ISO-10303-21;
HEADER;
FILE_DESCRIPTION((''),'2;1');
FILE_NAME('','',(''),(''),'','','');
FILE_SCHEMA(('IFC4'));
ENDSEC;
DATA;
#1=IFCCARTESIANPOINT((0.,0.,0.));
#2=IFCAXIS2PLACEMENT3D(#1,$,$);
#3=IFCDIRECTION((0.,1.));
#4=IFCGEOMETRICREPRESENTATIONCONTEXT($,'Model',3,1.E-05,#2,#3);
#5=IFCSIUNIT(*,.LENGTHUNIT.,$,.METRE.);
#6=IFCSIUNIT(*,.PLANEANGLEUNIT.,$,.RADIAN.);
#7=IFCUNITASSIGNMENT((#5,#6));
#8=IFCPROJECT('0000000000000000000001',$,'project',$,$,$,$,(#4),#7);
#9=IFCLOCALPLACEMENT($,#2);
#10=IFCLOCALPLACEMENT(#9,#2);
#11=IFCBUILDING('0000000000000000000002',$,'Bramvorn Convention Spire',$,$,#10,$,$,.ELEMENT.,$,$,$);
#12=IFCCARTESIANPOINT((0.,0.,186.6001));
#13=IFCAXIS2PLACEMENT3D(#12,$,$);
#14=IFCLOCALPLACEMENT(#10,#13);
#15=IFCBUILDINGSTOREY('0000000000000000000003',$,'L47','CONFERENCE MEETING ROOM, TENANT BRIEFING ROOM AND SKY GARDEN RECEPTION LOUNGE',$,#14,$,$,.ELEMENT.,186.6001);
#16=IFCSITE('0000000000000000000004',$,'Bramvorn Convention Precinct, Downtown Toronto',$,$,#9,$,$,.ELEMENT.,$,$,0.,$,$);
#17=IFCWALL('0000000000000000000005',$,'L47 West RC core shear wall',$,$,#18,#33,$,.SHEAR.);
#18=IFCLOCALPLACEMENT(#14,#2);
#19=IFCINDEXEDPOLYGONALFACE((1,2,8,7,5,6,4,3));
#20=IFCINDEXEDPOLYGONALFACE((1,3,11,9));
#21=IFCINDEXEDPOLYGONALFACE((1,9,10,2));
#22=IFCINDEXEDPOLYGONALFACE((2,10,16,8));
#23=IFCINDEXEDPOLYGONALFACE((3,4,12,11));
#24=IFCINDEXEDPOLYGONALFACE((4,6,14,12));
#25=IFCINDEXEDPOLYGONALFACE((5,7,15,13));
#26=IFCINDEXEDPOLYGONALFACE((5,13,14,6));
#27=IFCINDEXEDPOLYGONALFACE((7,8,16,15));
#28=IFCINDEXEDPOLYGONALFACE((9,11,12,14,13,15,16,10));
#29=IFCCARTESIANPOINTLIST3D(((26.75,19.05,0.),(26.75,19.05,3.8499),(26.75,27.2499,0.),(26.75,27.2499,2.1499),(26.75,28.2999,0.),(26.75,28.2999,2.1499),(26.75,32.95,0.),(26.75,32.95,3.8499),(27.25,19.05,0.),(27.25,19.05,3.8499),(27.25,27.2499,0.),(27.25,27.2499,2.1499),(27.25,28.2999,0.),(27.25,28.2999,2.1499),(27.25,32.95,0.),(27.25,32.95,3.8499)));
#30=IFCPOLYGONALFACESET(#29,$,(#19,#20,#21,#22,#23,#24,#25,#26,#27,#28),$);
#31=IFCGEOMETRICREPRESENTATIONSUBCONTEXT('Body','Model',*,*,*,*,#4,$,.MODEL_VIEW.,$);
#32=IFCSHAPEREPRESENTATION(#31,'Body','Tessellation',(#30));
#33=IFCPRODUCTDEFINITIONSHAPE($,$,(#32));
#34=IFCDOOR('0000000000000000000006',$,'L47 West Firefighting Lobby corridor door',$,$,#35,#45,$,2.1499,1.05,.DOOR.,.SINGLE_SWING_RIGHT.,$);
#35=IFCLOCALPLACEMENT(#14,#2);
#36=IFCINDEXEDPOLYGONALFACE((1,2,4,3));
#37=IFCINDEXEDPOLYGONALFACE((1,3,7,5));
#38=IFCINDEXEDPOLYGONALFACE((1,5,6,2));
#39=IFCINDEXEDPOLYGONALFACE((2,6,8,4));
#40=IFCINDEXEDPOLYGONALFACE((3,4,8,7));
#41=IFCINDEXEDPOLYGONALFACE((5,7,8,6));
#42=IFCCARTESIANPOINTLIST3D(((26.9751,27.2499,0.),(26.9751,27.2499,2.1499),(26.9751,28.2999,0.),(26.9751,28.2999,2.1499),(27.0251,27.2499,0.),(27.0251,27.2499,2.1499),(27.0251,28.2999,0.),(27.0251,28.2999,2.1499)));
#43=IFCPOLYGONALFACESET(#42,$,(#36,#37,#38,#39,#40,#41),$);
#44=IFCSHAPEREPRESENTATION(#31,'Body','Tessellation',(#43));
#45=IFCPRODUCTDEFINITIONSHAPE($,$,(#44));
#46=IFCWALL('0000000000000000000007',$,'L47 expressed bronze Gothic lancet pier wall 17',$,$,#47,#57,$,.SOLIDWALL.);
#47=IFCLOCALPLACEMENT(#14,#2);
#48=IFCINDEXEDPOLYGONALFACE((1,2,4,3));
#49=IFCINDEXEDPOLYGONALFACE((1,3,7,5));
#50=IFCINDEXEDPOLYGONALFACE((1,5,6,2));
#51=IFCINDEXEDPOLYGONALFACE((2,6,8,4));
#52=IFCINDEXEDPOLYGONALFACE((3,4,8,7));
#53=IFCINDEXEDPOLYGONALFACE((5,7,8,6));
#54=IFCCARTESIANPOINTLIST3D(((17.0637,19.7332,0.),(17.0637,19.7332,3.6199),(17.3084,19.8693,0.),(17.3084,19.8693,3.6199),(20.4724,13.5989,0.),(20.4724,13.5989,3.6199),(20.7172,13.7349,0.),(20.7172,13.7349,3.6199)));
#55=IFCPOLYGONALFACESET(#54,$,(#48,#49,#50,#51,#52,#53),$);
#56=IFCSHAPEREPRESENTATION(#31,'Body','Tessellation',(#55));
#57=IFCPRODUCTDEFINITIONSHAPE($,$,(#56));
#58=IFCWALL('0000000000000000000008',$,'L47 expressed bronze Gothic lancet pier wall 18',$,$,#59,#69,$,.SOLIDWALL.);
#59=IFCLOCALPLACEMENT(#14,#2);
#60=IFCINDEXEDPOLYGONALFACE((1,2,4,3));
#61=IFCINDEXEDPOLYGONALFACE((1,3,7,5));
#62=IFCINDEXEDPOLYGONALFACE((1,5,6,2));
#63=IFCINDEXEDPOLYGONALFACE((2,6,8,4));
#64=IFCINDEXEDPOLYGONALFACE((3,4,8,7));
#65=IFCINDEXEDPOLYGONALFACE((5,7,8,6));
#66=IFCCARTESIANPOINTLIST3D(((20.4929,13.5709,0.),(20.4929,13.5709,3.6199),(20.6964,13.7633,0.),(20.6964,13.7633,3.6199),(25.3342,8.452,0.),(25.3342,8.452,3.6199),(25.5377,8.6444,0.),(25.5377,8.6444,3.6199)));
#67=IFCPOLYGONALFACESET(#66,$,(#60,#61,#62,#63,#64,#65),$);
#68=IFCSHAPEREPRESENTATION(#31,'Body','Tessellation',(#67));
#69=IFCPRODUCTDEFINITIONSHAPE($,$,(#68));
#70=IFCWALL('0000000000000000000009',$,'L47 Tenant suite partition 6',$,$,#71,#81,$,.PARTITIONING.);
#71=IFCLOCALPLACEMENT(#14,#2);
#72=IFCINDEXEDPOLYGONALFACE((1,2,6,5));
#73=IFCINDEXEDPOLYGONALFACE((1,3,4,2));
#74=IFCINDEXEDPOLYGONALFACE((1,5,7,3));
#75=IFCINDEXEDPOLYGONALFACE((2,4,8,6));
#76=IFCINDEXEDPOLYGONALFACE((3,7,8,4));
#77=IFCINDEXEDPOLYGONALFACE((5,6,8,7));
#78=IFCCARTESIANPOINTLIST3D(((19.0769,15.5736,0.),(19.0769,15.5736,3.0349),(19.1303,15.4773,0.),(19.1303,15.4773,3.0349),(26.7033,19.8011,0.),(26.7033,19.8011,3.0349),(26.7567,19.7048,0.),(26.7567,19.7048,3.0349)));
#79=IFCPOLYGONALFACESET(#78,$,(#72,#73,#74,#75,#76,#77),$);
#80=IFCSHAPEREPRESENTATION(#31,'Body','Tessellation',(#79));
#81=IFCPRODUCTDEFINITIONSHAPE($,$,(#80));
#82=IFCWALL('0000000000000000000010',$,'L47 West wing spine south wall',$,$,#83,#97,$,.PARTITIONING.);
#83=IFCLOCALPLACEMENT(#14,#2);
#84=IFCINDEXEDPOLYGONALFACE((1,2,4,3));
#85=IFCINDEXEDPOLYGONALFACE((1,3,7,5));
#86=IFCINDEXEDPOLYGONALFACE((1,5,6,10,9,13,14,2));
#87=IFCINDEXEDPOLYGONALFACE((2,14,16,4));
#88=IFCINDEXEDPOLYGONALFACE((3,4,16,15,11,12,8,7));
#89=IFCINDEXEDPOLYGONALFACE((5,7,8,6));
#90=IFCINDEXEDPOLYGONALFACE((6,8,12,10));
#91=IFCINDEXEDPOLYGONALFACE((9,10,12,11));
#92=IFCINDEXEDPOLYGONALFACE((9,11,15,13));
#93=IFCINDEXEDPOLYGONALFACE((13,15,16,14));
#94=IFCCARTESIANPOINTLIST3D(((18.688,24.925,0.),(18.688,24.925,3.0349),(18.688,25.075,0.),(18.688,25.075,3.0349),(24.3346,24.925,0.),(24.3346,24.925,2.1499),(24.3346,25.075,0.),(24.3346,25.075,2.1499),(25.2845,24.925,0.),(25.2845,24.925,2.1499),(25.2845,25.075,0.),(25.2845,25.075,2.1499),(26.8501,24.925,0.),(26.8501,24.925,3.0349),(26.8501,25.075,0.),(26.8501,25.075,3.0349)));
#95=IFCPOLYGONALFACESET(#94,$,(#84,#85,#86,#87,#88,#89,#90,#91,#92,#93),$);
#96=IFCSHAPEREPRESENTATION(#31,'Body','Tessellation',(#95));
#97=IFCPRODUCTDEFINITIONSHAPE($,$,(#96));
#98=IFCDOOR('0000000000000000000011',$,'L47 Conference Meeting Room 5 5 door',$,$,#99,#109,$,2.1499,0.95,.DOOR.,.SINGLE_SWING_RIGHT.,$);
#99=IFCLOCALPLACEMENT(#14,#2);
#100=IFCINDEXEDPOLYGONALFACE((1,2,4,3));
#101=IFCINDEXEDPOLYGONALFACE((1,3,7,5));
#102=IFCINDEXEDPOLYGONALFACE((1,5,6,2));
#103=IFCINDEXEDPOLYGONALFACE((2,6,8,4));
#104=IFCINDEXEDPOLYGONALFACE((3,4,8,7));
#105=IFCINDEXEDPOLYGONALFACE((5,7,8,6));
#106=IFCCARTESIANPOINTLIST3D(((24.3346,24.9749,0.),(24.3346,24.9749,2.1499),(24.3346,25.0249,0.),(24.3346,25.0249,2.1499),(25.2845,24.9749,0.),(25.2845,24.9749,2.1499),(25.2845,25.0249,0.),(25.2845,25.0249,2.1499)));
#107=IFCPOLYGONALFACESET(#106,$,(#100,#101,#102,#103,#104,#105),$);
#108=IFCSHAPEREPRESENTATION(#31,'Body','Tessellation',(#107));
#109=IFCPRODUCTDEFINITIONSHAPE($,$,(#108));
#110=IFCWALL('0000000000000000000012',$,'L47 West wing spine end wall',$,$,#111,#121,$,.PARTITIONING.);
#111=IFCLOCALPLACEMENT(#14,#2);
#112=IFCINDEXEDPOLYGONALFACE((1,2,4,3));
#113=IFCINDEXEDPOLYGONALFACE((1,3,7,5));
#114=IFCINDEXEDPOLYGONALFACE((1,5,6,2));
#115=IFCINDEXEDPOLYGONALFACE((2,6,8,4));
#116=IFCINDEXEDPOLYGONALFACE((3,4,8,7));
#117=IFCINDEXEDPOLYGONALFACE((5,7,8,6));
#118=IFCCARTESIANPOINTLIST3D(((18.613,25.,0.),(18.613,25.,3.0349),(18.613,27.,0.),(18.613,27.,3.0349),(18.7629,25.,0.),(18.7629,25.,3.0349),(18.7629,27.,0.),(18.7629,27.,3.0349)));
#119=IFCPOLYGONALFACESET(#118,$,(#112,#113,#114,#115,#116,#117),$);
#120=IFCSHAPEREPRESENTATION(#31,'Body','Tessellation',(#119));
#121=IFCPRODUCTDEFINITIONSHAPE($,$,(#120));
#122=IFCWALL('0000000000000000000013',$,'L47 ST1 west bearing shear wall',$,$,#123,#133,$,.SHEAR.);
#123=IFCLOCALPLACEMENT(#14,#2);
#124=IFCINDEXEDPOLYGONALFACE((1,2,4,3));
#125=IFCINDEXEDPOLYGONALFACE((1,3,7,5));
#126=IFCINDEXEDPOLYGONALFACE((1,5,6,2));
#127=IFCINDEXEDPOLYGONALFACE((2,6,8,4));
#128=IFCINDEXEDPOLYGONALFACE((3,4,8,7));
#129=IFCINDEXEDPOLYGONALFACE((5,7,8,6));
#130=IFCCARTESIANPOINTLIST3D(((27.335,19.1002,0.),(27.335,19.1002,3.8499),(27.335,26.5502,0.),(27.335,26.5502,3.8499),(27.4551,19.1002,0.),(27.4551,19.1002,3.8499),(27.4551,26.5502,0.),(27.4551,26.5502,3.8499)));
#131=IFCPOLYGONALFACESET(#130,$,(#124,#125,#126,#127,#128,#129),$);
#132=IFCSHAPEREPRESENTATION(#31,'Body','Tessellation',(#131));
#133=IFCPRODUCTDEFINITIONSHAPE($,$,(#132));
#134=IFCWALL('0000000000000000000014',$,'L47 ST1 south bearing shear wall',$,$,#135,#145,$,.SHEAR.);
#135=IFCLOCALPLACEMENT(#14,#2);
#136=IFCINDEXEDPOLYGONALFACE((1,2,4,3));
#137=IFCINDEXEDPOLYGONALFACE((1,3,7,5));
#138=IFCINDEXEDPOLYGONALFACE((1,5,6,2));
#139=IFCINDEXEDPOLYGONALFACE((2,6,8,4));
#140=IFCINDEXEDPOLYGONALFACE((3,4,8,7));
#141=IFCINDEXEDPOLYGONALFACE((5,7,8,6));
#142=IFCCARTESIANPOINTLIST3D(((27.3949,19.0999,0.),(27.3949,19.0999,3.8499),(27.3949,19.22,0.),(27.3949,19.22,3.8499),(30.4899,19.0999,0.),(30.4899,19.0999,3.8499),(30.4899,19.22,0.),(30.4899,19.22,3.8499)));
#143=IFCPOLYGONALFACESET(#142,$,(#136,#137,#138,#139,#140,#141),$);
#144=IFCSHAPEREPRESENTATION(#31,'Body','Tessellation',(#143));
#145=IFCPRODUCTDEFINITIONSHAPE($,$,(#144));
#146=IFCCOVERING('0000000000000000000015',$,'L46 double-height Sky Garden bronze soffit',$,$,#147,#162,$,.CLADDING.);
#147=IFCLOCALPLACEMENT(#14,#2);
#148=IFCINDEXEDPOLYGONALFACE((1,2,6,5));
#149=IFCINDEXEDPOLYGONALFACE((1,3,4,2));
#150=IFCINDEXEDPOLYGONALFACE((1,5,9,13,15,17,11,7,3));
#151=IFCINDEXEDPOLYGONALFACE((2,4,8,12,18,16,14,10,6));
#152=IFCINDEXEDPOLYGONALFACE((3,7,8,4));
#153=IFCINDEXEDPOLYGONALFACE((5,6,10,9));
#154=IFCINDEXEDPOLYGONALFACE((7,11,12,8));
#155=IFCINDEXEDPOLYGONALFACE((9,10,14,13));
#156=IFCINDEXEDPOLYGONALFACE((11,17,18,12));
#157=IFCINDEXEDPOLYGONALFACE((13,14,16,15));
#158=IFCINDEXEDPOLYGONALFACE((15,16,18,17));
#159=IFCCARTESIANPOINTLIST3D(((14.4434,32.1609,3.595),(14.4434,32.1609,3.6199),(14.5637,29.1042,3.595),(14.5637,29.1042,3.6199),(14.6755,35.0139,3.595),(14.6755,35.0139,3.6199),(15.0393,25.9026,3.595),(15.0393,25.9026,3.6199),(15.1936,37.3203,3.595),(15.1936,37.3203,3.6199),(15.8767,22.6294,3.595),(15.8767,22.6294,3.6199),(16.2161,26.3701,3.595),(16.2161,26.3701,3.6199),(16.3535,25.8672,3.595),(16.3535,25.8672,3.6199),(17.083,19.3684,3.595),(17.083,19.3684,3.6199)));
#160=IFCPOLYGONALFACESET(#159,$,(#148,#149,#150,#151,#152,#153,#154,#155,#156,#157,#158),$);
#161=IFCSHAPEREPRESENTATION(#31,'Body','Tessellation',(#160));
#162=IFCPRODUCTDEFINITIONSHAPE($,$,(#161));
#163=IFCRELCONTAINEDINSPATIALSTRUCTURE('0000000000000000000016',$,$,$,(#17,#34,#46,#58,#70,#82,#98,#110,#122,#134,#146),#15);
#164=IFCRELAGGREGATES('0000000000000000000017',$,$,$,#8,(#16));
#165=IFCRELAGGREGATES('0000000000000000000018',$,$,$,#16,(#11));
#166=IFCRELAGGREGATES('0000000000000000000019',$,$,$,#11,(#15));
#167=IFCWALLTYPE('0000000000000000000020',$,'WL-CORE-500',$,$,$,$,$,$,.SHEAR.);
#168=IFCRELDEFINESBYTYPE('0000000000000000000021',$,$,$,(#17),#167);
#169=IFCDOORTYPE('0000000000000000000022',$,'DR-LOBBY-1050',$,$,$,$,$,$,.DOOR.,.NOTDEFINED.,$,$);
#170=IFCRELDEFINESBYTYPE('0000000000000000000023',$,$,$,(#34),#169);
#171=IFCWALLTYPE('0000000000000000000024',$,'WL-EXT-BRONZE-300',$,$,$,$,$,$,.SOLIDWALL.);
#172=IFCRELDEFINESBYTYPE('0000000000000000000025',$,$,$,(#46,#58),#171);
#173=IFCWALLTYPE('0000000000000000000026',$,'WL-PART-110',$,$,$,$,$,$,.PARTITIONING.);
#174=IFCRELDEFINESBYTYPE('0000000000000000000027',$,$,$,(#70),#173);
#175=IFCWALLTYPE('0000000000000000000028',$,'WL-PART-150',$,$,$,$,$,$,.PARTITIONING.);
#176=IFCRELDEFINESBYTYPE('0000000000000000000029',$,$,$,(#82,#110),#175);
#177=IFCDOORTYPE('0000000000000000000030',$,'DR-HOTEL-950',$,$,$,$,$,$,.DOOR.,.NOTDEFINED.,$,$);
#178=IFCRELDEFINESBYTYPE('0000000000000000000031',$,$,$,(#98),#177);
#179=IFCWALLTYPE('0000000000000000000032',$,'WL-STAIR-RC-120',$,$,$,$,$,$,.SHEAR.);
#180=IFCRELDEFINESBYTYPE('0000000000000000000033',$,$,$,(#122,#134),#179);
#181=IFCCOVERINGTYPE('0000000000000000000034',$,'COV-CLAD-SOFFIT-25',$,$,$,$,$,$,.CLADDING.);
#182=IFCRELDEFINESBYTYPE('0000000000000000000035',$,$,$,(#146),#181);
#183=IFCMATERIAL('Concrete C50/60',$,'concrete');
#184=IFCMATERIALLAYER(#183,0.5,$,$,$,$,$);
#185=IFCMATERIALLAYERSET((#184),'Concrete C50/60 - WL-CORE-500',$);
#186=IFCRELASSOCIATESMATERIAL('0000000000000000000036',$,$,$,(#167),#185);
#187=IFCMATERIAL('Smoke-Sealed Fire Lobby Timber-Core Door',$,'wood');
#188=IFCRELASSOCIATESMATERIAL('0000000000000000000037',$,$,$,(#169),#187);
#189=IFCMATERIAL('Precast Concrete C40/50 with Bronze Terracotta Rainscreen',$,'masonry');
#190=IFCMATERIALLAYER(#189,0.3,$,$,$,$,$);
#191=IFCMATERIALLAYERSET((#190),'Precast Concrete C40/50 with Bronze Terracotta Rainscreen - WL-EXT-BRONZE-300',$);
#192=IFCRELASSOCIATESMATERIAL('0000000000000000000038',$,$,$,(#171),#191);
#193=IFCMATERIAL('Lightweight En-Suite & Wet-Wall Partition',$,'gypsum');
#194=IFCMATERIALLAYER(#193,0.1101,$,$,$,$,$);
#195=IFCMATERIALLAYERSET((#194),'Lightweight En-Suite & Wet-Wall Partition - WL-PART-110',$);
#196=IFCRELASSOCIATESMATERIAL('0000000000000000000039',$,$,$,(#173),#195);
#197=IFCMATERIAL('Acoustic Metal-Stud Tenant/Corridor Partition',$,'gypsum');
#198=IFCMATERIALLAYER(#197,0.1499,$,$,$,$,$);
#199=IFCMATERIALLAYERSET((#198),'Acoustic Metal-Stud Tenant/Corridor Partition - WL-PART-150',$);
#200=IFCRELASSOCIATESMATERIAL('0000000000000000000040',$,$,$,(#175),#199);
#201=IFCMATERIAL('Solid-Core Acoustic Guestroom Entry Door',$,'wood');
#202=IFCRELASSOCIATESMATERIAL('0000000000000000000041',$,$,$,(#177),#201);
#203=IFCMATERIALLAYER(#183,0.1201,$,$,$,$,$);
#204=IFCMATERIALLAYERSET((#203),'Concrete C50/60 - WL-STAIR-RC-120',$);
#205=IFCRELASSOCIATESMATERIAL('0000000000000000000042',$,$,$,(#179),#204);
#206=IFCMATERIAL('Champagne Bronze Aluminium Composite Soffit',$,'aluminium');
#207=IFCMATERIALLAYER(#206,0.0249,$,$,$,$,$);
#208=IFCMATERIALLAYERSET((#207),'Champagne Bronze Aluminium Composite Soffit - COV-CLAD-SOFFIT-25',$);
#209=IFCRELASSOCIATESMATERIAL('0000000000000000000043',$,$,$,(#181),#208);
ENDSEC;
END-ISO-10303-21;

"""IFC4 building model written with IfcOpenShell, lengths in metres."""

from ifc_helpers import new_model, si_unit, direction, frame, frame_2d, origin, place, context, subcontext, project, spatial, polyline, rectangle, outline, extrude, material, layer, layer_set, type_object, element, fill, save


model = new_model("IFC4")

# Units and contexts
model_context = context("Model", 3, precision=1e-05, world=origin(), true_north=direction((0.0, 1.0)))
body_context = subcontext(model_context, "Body", "Model", "MODEL_VIEW")
ifc_project = project(units=[si_unit("LENGTHUNIT", "METRE"), si_unit("PLANEANGLEUNIT", "RADIAN")], contexts=[model_context])

# Site, building, storey
site_placement = place(None, origin())
site = spatial("IfcSite", under=ifc_project, at=site_placement, Name="Bramvorn Convention Precinct, Downtown Toronto", CompositionType="ELEMENT", RefElevation=0.0)
building_placement = place(site_placement, origin())
building = spatial("IfcBuilding", under=site, at=building_placement, Name="Bramvorn Convention Spire", CompositionType="ELEMENT")
storey_placement = place(building_placement, frame((0.0, 0.0, 186.6001)))
storey = spatial("IfcBuildingStorey", under=building, at=storey_placement, Name="L47", Description="CONFERENCE MEETING ROOM, TENANT BRIEFING ROOM AND SKY GARDEN RECEPTION LOUNGE", CompositionType="ELEMENT", Elevation=186.6001)

# Wall, opening, door
ifc_material_1 = material(Name="Concrete C50/60", Category="concrete")
ifc_layer_1 = layer(ifc_material_1, 0.5)
ifc_layer_set_1 = layer_set([ifc_layer_1], Name="Concrete C50/60 - WL-CORE-500")
wall_type_1 = type_object("IfcWallType", Name="WL-CORE-500", PredefinedType="SHEAR", material=ifc_layer_set_1)
ifc_material_2 = material(Name="Smoke-Sealed Fire Lobby Timber-Core Door", Category="wood")
door_type_1 = type_object("IfcDoorType", Name="DR-LOBBY-1050", OperationType="NOTDEFINED", PredefinedType="DOOR", material=ifc_material_2)
wall_1_placement = place(storey_placement, frame((27.0, 19.05, 0.0), z_axis=(0.0, 0.0, 1.0), x_axis=(0.0, 1.0, 0.0)))
wall_1 = element("IfcWall", 1, at=wall_1_placement, inside=storey, type_object=wall_type_1, Name="L47 West RC core shear wall", PredefinedType="SHEAR", context=body_context, shape_type="SweptSolid", body=[
    extrude(rectangle(XDim=13.8999, YDim=0.5, at=frame_2d((6.95, 0.0))), origin(), (0.0, 0.0, 1.0), 3.8499),
])
opening_1_placement = place(wall_1_placement, frame((8.2, 0.0, 0.0)))
opening_1 = element("IfcOpeningElement", 2, at=opening_1_placement, cuts=wall_1, PredefinedType="OPENING", context=body_context, shape_type="SweptSolid", body=[
    extrude(rectangle(XDim=1.05, YDim=2.1499, at=frame_2d((0.5249, 1.075))), frame((0.0, 0.26, 0.0), z_axis=(0.0, -1.0, 0.0), x_axis=(1.0, 0.0, 0.0)), (0.0, 0.0, 1.0), 0.52),
])
door_1_placement = place(opening_1_placement, origin())
door_1 = element("IfcDoor", 3, at=door_1_placement, inside=storey, type_object=door_type_1, Name="L47 West Firefighting Lobby corridor door", OperationType="SINGLE_SWING_RIGHT", OverallHeight=2.1499, OverallWidth=1.05, PredefinedType="DOOR", context=body_context, shape_type="SweptSolid", body=[
    extrude(rectangle(XDim=1.05, YDim=2.1499, at=frame_2d((0.5249, 1.075))), frame((0.0, 0.0249, 0.0), z_axis=(0.0, -1.0, 0.0), x_axis=(1.0, 0.0, 0.0)), (0.0, 0.0, 1.0), 0.05),
])
fill(opening_1, door_1)

# Walls
ifc_material_3 = material(Name="Precast Concrete C40/50 with Bronze Terracotta Rainscreen", Category="masonry")
ifc_layer_2 = layer(ifc_material_3, 0.3)
ifc_layer_set_2 = layer_set([ifc_layer_2], Name="Precast Concrete C40/50 with Bronze Terracotta Rainscreen - WL-EXT-BRONZE-300")
wall_type_2 = type_object("IfcWallType", Name="WL-EXT-BRONZE-300", PredefinedType="SOLIDWALL", material=ifc_layer_set_2)
wall_2_placement = place(storey_placement, frame((20.5947, 13.667, 0.0), z_axis=(0.0, 0.0, 1.0), x_axis=(-0.485726, 0.874111, 0.0)))
element("IfcWall", 4, at=wall_2_placement, inside=storey, type_object=wall_type_2, Name="L47 expressed bronze Gothic lancet pier wall 17", PredefinedType="SOLIDWALL", context=body_context, shape_type="SweptSolid", body=[
    extrude(rectangle(XDim=7.0178, YDim=0.28, at=frame_2d((3.5088, 0.0))), origin(), (0.0, 0.0, 1.0), 3.6199),
])
wall_3_placement = place(storey_placement, frame((25.436, 8.5481, 0.0), z_axis=(0.0, 0.0, 1.0), x_axis=(-0.687133, 0.726532, 0.0)))
element("IfcWall", 5, at=wall_3_placement, inside=storey, type_object=wall_type_2, Name="L47 expressed bronze Gothic lancet pier wall 18", PredefinedType="SOLIDWALL", context=body_context, shape_type="SweptSolid", body=[
    extrude(rectangle(XDim=7.0457, YDim=0.28, at=frame_2d((3.5229, 0.0))), origin(), (0.0, 0.0, 1.0), 3.6199),
])
ifc_material_4 = material(Name="Lightweight En-Suite & Wet-Wall Partition", Category="gypsum")
ifc_layer_3 = layer(ifc_material_4, 0.1101)
ifc_layer_set_3 = layer_set([ifc_layer_3], Name="Lightweight En-Suite & Wet-Wall Partition - WL-PART-110")
wall_type_3 = type_object("IfcWallType", Name="WL-PART-110", PredefinedType="PARTITIONING", material=ifc_layer_set_3)
wall_4_placement = place(storey_placement, frame((26.73, 19.7529, 0.0), z_axis=(0.0, 0.0, 1.0), x_axis=(-0.874614, -0.48482, 0.0)))
element("IfcWall", 6, at=wall_4_placement, inside=storey, type_object=wall_type_3, Name="L47 Tenant suite partition 6", PredefinedType="PARTITIONING", context=body_context, shape_type="SweptSolid", body=[
    extrude(rectangle(XDim=8.7197, YDim=0.1101, at=frame_2d((4.3599, 0.0))), origin(), (0.0, 0.0, 1.0), 3.0349),
])

# Wall, opening, door
ifc_material_5 = material(Name="Acoustic Metal-Stud Tenant/Corridor Partition", Category="gypsum")
ifc_layer_4 = layer(ifc_material_5, 0.1499)
ifc_layer_set_4 = layer_set([ifc_layer_4], Name="Acoustic Metal-Stud Tenant/Corridor Partition - WL-PART-150")
wall_type_4 = type_object("IfcWallType", Name="WL-PART-150", PredefinedType="PARTITIONING", material=ifc_layer_set_4)
wall_5_placement = place(storey_placement, frame((18.688, 25.0, 0.0), z_axis=(0.0, 0.0, 1.0), x_axis=(1.0, 0.0, 0.0)))
wall_5 = element("IfcWall", 7, at=wall_5_placement, inside=storey, type_object=wall_type_4, Name="L47 West wing spine south wall", PredefinedType="PARTITIONING", context=body_context, shape_type="SweptSolid", body=[
    extrude(rectangle(XDim=8.1621, YDim=0.1499, at=frame_2d((4.0811, 0.0))), origin(), (0.0, 0.0, 1.0), 3.0349),
])
opening_2_placement = place(wall_5_placement, frame((5.6465, 0.0, 0.0)))
opening_2 = element("IfcOpeningElement", 8, at=opening_2_placement, cuts=wall_5, PredefinedType="OPENING", context=body_context, shape_type="SweptSolid", body=[
    extrude(rectangle(XDim=0.95, YDim=2.1499, at=frame_2d((0.4751, 1.075))), frame((0.0, 0.085, 0.0), z_axis=(0.0, -1.0, 0.0), x_axis=(1.0, 0.0, 0.0)), (0.0, 0.0, 1.0), 0.1699),
])
ifc_material_6 = material(Name="Solid-Core Acoustic Guestroom Entry Door", Category="wood")
door_type_2 = type_object("IfcDoorType", Name="DR-HOTEL-950", OperationType="NOTDEFINED", PredefinedType="DOOR", material=ifc_material_6)
door_2_placement = place(opening_2_placement, origin())
door_2 = element("IfcDoor", 9, at=door_2_placement, inside=storey, type_object=door_type_2, Name="L47 Conference Meeting Room 5 5 door", OperationType="SINGLE_SWING_RIGHT", OverallHeight=2.1499, OverallWidth=0.95, PredefinedType="DOOR", context=body_context, shape_type="SweptSolid", body=[
    extrude(rectangle(XDim=0.95, YDim=2.1499, at=frame_2d((0.4751, 1.075))), frame((0.0, 0.0249, 0.0), z_axis=(0.0, -1.0, 0.0), x_axis=(1.0, 0.0, 0.0)), (0.0, 0.0, 1.0), 0.05),
])
fill(opening_2, door_2)

# Walls
wall_6_placement = place(storey_placement, frame((18.688, 25.0, 0.0), z_axis=(0.0, 0.0, 1.0), x_axis=(0.0, 1.0, 0.0)))
element("IfcWall", 10, at=wall_6_placement, inside=storey, type_object=wall_type_4, Name="L47 West wing spine end wall", PredefinedType="PARTITIONING", context=body_context, shape_type="SweptSolid", body=[
    extrude(rectangle(XDim=2.0, YDim=0.1499, at=frame_2d((1.0, 0.0))), origin(), (0.0, 0.0, 1.0), 3.0349),
])
ifc_layer_5 = layer(ifc_material_1, 0.1201)
ifc_layer_set_5 = layer_set([ifc_layer_5], Name="Concrete C50/60 - WL-STAIR-RC-120")
wall_type_5 = type_object("IfcWallType", Name="WL-STAIR-RC-120", PredefinedType="SHEAR", material=ifc_layer_set_5)
wall_7_placement = place(storey_placement, frame((27.395, 19.1001, 0.0), z_axis=(0.0, 0.0, 1.0), x_axis=(0.0, 1.0, 0.0)))
element("IfcWall", 11, at=wall_7_placement, inside=storey, type_object=wall_type_5, Name="L47 ST1 west bearing shear wall", PredefinedType="SHEAR", context=body_context, shape_type="SweptSolid", body=[
    extrude(rectangle(XDim=7.45, YDim=0.1201, at=frame_2d((3.7251, 0.0))), origin(), (0.0, 0.0, 1.0), 3.8499),
])
wall_8_placement = place(storey_placement, frame((27.395, 19.1599, 0.0), z_axis=(0.0, 0.0, 1.0), x_axis=(1.0, 0.0, 0.0)))
element("IfcWall", 12, at=wall_8_placement, inside=storey, type_object=wall_type_5, Name="L47 ST1 south bearing shear wall", PredefinedType="SHEAR", context=body_context, shape_type="SweptSolid", body=[
    extrude(rectangle(XDim=3.095, YDim=0.1201, at=frame_2d((1.5474, 0.0))), origin(), (0.0, 0.0, 1.0), 3.8499),
])

# Covering
ifc_material_7 = material(Name="Champagne Bronze Aluminium Composite Soffit", Category="aluminium")
ifc_layer_6 = layer(ifc_material_7, 0.0249)
ifc_layer_set_6 = layer_set([ifc_layer_6], Name="Champagne Bronze Aluminium Composite Soffit - COV-CLAD-SOFFIT-25")
covering_type_1 = type_object("IfcCoveringType", Name="COV-CLAD-SOFFIT-25", PredefinedType="CLADDING", material=ifc_layer_set_6)
covering_1_placement = place(storey_placement, frame((0.0, 0.0, 3.595)))
element("IfcCovering", 13, at=covering_1_placement, inside=storey, type_object=covering_type_1, Name="L46 double-height Sky Garden bronze soffit", PredefinedType="CLADDING", context=body_context, shape_type="SweptSolid", body=[
    extrude(outline(polyline([(15.0393, 25.9026), (15.8767, 22.6294), (17.083, 19.3684), (16.3535, 25.8672), (16.2161, 26.3701), (15.1936, 37.3203), (14.6755, 35.0139), (14.4434, 32.1609), (14.5637, 29.1042), (15.0393, 25.9026)])), origin(), (0.0, 0.0, 1.0), 0.0249),
])

save(model, "model.ifc")
